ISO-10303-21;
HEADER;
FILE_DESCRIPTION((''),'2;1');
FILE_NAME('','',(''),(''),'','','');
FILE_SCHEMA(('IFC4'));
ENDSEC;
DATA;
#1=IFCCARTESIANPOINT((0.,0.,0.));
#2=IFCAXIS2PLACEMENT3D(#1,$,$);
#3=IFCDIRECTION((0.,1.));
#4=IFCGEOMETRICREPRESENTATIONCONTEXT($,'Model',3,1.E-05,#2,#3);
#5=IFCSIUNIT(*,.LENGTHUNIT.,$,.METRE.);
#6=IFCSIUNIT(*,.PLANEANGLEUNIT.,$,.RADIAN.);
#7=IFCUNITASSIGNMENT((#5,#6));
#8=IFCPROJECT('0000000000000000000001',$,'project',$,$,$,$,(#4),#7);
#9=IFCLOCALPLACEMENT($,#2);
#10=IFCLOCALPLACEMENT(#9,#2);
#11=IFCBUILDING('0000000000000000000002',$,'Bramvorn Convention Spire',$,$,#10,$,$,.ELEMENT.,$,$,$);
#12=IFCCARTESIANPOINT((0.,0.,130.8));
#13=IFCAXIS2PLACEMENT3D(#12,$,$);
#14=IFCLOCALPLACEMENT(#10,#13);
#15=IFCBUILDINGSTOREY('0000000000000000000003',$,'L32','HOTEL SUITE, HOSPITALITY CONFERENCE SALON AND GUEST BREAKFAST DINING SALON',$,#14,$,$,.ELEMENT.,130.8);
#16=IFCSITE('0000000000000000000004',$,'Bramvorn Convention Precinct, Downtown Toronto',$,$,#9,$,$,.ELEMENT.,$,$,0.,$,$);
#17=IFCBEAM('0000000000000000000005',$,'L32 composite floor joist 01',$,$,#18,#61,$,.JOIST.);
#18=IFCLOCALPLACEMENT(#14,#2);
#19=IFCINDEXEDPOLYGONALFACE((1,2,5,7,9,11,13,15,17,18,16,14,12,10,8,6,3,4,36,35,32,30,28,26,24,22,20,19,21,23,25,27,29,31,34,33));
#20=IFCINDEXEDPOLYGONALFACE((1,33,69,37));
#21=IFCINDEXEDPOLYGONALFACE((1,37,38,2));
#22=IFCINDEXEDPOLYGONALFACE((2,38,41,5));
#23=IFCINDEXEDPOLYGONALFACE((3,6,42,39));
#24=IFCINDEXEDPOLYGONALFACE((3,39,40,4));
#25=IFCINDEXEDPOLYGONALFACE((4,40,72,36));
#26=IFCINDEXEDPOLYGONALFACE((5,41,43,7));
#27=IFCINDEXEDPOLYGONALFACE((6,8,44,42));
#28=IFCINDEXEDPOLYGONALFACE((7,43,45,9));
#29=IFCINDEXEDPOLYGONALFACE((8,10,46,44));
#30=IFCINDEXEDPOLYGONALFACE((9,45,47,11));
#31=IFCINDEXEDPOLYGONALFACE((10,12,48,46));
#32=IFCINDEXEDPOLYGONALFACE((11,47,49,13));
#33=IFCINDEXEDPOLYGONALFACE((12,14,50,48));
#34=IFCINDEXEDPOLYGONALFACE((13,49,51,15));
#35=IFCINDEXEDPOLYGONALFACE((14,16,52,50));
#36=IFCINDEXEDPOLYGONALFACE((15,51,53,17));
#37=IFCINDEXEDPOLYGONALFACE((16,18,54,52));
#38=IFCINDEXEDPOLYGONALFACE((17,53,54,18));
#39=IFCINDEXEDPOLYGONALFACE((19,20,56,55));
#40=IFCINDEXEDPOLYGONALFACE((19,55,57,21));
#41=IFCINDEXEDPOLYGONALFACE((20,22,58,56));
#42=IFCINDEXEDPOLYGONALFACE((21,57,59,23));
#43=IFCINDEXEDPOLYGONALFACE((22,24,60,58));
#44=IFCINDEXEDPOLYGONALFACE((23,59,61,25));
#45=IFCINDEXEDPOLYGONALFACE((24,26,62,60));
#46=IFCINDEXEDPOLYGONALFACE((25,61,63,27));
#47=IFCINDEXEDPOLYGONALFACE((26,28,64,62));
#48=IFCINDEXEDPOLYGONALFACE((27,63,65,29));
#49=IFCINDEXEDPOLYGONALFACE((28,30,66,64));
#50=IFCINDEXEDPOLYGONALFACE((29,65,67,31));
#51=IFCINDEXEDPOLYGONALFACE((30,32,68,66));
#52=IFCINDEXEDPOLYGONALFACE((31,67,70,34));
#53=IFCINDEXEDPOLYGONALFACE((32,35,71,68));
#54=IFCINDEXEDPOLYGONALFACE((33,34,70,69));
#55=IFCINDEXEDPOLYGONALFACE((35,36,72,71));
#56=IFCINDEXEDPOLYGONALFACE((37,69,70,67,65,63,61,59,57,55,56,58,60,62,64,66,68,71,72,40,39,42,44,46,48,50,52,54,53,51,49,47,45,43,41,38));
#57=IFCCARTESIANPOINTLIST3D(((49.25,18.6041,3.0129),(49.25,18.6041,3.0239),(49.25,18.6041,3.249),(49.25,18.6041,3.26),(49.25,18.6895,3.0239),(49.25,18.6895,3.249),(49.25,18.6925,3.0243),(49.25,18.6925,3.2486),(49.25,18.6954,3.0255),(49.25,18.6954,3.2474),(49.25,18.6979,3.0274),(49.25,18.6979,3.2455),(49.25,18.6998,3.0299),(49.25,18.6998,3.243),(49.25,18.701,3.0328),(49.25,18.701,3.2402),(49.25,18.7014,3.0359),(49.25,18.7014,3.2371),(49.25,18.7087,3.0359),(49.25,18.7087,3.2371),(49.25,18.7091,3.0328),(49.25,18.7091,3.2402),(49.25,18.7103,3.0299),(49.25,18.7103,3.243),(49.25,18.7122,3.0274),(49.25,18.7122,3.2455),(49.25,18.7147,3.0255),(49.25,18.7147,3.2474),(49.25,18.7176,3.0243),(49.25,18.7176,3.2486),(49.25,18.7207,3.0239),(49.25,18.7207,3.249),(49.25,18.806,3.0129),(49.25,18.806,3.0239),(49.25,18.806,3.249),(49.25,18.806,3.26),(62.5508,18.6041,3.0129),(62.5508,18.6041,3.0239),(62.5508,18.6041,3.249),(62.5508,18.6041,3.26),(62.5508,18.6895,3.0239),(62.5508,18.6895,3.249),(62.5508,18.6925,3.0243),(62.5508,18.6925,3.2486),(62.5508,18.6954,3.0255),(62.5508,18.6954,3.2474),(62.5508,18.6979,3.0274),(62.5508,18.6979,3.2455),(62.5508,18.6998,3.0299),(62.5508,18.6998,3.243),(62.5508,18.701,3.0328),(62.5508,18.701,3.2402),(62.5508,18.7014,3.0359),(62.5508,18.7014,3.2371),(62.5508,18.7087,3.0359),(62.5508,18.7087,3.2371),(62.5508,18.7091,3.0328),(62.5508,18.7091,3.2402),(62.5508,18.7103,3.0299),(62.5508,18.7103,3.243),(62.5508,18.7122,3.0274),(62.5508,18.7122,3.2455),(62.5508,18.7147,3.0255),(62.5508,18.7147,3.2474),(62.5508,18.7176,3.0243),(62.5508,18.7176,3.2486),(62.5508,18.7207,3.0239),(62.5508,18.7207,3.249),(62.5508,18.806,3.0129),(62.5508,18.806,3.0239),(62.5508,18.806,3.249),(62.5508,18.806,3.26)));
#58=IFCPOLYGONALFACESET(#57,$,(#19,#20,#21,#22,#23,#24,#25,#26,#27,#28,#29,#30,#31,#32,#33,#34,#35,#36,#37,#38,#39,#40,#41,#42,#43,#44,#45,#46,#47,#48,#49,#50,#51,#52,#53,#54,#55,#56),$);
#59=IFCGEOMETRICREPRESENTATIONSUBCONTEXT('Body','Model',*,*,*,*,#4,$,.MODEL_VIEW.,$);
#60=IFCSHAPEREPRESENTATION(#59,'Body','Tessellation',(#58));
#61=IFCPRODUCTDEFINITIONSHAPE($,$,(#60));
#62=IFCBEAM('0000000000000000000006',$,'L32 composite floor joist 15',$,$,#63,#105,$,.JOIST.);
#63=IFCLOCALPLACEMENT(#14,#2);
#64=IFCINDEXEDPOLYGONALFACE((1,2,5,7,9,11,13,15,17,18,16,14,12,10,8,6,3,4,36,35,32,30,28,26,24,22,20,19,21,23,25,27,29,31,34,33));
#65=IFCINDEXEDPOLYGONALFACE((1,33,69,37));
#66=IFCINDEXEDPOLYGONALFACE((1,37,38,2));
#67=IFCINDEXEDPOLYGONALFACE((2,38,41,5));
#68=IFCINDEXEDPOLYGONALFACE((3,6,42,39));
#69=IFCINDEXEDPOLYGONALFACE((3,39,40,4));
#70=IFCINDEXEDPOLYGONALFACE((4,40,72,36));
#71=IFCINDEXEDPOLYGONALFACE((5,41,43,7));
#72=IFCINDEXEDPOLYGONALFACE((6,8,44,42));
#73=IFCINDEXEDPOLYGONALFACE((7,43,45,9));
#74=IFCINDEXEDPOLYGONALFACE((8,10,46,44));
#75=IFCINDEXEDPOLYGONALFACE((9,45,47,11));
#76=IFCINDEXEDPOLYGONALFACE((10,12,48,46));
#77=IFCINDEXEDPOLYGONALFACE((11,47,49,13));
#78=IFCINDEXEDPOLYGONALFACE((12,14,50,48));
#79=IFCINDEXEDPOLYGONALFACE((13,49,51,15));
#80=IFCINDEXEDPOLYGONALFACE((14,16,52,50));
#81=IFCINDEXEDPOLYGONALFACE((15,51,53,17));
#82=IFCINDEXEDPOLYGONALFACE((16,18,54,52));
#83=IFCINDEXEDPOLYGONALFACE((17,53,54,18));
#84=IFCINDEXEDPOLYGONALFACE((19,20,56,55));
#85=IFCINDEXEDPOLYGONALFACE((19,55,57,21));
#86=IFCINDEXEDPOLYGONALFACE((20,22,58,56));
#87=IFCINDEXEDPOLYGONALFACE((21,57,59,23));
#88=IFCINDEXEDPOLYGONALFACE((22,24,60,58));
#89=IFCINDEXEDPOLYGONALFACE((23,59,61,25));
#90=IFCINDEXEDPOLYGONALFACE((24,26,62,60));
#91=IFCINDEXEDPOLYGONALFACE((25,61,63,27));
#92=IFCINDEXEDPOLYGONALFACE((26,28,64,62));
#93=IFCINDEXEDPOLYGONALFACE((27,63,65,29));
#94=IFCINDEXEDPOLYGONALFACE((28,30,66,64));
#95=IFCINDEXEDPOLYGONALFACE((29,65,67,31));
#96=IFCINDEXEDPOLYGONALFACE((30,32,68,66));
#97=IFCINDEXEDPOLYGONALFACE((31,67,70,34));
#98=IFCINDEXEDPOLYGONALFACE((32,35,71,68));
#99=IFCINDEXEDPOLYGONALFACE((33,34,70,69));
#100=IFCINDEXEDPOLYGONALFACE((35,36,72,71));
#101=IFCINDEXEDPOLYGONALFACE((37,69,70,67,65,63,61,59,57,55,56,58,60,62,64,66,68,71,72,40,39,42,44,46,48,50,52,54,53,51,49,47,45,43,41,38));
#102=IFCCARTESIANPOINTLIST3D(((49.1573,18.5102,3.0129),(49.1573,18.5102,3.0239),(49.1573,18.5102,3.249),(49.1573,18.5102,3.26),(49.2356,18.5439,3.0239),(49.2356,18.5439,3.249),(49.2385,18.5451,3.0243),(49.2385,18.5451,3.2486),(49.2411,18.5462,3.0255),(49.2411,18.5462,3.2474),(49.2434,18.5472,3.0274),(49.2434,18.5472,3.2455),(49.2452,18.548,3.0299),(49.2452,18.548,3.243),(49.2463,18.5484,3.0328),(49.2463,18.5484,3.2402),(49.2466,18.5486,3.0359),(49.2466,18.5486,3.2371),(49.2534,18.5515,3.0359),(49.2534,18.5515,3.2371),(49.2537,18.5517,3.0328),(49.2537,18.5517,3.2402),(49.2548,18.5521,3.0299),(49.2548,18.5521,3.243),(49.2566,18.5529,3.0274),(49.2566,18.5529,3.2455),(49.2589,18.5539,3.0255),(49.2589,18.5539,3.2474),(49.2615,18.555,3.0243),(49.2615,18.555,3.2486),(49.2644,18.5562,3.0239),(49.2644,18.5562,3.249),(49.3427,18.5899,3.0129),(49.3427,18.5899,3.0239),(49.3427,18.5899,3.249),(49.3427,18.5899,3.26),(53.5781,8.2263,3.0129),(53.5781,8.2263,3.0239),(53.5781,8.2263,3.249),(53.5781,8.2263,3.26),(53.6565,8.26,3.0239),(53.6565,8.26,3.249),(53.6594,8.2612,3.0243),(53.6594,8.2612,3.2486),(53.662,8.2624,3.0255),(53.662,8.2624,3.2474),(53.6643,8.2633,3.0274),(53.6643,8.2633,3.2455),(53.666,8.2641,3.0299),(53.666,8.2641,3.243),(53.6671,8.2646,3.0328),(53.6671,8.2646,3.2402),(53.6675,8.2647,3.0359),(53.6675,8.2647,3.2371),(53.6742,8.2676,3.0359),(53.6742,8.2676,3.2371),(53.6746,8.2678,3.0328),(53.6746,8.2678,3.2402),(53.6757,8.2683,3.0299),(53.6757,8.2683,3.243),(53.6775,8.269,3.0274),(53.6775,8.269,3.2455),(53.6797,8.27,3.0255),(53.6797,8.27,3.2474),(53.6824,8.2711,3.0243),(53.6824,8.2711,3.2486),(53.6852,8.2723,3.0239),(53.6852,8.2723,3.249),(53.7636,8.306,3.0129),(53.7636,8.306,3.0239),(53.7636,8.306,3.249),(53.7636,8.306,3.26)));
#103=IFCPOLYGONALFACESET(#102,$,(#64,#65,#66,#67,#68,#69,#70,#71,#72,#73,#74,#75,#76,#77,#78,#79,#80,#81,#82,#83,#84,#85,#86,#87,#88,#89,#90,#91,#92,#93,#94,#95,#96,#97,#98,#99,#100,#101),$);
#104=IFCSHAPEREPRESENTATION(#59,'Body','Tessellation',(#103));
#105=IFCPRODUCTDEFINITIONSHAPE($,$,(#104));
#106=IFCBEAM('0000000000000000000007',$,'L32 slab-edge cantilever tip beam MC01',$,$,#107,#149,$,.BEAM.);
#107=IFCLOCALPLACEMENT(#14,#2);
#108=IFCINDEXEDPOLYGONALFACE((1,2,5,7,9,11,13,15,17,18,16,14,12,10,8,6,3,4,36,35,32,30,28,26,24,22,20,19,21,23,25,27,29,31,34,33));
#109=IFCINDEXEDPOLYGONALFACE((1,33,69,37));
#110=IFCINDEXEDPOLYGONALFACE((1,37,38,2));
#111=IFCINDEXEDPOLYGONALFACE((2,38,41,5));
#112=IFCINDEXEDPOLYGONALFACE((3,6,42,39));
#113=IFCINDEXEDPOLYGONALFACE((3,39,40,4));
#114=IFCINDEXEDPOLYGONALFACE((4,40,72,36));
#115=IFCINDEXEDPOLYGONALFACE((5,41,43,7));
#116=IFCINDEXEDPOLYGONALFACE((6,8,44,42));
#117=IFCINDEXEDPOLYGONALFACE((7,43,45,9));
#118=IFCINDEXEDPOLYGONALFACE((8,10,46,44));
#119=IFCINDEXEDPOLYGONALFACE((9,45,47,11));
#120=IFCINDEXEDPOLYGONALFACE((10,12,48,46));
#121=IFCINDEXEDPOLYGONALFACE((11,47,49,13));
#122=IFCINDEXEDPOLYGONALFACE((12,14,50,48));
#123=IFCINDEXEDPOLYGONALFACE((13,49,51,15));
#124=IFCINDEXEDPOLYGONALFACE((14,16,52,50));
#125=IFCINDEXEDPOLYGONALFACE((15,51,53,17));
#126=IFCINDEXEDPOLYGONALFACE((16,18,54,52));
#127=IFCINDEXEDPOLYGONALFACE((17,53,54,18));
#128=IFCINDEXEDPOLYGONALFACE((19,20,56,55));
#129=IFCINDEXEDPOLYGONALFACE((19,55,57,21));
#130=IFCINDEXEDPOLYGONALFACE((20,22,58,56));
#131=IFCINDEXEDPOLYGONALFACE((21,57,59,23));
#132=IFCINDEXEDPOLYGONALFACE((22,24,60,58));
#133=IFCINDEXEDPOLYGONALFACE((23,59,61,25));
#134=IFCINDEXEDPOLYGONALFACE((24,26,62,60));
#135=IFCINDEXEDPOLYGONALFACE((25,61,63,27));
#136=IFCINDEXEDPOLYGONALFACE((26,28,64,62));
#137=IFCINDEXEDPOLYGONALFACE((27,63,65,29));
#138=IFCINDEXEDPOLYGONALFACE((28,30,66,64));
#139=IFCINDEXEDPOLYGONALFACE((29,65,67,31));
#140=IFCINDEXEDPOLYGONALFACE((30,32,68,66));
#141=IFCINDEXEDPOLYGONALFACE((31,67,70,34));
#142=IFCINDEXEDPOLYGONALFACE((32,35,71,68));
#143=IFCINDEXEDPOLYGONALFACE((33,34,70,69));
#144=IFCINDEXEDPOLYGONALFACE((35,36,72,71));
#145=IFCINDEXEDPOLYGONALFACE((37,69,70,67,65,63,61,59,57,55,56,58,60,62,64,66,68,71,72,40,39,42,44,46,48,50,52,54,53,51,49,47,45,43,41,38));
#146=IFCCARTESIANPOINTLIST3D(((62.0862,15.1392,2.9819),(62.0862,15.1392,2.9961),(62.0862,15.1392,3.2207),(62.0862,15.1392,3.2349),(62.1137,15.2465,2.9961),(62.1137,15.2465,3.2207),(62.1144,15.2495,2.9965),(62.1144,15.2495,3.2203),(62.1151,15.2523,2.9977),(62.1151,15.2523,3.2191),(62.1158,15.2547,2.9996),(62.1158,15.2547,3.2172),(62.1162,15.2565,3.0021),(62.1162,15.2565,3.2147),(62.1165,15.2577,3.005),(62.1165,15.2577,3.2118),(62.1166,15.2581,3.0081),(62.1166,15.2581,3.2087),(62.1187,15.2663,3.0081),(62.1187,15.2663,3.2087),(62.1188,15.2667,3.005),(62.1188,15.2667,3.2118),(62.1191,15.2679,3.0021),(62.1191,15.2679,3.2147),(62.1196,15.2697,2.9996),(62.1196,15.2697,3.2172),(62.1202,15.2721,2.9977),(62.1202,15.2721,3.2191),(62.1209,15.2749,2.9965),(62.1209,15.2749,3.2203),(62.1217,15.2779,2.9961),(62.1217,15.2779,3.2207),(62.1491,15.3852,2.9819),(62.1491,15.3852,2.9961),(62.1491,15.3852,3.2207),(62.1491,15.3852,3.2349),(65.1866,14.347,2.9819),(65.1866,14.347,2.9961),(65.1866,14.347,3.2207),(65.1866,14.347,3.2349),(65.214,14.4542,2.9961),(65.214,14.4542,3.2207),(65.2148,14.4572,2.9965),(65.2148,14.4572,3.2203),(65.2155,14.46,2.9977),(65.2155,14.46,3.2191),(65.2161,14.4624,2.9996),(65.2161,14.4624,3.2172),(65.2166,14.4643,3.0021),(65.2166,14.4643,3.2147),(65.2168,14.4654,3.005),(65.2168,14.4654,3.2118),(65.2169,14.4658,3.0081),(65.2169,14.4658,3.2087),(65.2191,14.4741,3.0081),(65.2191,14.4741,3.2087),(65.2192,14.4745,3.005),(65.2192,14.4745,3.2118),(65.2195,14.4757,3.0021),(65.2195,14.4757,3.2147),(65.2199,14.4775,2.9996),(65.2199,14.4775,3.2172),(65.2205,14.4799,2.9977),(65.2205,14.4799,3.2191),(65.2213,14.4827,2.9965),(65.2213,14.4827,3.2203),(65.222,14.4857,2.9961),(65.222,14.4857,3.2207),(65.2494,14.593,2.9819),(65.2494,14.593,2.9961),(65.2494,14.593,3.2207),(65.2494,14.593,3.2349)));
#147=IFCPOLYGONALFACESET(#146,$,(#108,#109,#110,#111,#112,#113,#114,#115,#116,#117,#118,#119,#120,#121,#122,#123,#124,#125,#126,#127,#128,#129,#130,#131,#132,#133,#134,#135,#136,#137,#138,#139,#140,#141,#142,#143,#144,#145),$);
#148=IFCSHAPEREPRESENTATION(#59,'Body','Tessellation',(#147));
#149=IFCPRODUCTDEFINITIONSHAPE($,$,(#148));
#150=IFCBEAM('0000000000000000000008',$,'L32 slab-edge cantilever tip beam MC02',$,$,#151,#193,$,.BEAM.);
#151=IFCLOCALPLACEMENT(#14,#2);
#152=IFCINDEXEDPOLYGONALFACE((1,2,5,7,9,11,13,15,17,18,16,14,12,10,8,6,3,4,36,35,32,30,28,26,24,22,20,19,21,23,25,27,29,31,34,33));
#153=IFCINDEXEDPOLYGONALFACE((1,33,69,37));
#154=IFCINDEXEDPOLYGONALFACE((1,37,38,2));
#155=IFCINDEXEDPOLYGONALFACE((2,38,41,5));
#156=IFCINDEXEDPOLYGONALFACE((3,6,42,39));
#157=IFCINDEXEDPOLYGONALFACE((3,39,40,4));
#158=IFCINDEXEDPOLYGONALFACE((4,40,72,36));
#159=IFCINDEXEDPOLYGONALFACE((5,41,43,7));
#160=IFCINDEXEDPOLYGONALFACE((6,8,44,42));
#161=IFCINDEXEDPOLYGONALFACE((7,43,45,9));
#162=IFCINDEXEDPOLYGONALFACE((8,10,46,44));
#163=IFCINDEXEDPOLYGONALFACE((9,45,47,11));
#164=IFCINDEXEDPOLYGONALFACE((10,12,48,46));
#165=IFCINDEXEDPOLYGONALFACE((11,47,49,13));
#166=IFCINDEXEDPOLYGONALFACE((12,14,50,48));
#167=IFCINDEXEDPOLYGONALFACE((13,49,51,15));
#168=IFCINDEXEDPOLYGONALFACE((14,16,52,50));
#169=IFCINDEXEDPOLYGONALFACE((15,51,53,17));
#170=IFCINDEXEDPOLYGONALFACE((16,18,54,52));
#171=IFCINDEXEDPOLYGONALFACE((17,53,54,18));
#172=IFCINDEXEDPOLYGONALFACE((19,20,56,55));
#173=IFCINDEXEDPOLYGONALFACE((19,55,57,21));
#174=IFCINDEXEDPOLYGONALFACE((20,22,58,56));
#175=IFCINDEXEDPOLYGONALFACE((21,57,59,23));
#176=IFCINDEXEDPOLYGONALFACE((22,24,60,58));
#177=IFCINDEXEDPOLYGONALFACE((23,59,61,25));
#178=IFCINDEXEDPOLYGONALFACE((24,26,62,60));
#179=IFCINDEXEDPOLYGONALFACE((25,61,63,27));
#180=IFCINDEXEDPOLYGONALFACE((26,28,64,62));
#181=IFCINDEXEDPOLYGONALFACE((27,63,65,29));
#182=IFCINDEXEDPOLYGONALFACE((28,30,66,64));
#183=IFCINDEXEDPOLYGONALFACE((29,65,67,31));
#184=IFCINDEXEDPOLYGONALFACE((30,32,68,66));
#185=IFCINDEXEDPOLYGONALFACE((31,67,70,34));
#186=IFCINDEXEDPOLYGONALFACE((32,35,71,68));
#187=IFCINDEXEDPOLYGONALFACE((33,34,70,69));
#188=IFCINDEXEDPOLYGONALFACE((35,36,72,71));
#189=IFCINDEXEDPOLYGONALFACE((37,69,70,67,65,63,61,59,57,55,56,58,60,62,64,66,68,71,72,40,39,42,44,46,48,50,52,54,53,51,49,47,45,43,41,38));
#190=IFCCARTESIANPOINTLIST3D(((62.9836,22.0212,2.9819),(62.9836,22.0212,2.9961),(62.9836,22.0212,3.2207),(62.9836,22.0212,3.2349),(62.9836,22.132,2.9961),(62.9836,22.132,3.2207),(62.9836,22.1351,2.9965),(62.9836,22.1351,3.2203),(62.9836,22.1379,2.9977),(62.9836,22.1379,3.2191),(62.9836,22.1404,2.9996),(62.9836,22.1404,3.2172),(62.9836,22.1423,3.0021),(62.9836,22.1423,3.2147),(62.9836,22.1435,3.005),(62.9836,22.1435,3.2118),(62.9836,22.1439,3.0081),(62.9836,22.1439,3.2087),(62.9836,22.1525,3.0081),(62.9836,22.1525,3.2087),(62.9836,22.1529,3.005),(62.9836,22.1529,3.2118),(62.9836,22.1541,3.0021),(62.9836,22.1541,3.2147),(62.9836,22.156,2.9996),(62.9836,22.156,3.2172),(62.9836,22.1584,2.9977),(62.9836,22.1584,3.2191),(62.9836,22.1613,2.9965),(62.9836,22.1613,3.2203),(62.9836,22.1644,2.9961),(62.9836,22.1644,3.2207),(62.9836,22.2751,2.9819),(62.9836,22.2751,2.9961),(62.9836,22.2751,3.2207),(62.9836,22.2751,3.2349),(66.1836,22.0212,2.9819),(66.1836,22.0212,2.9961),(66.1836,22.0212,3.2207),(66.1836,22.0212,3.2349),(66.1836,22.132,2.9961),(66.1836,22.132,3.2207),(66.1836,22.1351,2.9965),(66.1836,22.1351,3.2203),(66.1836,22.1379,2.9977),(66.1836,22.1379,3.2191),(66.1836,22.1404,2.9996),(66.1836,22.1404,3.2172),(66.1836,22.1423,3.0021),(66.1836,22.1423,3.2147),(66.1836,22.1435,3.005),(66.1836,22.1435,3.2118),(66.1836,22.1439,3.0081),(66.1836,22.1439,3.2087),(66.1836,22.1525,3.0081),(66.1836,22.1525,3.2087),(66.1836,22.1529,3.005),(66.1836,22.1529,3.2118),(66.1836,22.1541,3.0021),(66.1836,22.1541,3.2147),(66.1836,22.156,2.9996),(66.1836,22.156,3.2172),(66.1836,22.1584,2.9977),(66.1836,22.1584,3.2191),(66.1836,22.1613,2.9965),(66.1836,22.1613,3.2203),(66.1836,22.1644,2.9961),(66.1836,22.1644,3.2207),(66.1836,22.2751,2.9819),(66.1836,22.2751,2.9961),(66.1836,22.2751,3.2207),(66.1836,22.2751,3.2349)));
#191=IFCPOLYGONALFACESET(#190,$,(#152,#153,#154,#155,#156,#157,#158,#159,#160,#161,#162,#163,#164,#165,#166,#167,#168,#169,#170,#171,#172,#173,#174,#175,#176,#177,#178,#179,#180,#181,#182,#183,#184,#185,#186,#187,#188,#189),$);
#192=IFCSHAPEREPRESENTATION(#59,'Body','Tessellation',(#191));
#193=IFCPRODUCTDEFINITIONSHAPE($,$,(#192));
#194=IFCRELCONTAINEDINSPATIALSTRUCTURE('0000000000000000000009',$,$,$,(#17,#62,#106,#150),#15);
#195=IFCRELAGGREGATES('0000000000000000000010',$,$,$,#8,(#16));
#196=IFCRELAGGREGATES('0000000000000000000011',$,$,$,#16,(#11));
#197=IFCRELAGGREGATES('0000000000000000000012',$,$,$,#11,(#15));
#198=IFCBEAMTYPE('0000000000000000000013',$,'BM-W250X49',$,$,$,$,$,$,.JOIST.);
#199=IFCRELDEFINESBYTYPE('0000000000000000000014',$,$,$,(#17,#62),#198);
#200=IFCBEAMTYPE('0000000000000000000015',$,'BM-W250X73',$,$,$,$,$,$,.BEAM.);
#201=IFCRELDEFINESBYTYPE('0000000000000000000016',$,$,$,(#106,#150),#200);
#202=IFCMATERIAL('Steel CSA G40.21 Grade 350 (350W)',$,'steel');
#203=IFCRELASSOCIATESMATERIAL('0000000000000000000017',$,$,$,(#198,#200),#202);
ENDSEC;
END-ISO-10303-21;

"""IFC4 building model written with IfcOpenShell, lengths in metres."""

from ifc_helpers import new_model, si_unit, direction, frame, origin, origin_2d, place, context, subcontext, project, spatial, i_section, extrude, material, material_profile, profile_set, type_object, element, save


model = new_model("IFC4")

# Units and contexts
model_context = context("Model", 3, precision=1e-05, world=origin(), true_north=direction((0.0, 1.0)))
body_context = subcontext(model_context, "Body", "Model", "MODEL_VIEW")
ifc_project = project(units=[si_unit("LENGTHUNIT", "METRE"), si_unit("PLANEANGLEUNIT", "RADIAN")], contexts=[model_context])

# Site, building, storey
site_placement = place(None, origin())
site = spatial("IfcSite", under=ifc_project, at=site_placement, Name="Bramvorn Convention Precinct, Downtown Toronto", CompositionType="ELEMENT", RefElevation=0.0)
building_placement = place(site_placement, origin())
building = spatial("IfcBuilding", under=site, at=building_placement, Name="Bramvorn Convention Spire", CompositionType="ELEMENT")
storey_placement = place(building_placement, frame((0.0, 0.0, 130.8)))
storey = spatial("IfcBuildingStorey", under=building, at=storey_placement, Name="L32", Description="HOTEL SUITE, HOSPITALITY CONFERENCE SALON AND GUEST BREAKFAST DINING SALON", CompositionType="ELEMENT", Elevation=130.8)

# Shared definitions
ifc_material_1 = material(Name="Steel CSA G40.21 Grade 350 (350W)", Category="steel")

# Beams
ifc_material_profile_1 = material_profile(ifc_material_1, i_section(OverallWidth=0.2019, OverallDepth=0.2471, WebThickness=0.0073, FlangeThickness=0.011, FilletRadius=0.012, at=origin_2d()))
ifc_profile_set_1 = profile_set([ifc_material_profile_1], Name="Steel CSA G40.21 Grade 350 (350W) - W250X49")
beam_type_1 = type_object("IfcBeamType", Name="BM-W250X49", PredefinedType="JOIST", material=ifc_profile_set_1)
beam_1_placement = place(storey_placement, frame((49.25, 18.7051, 3.1365), z_axis=(1.0, 0.0, 0.0), x_axis=(0.0, 1.0, 0.0)))
element("IfcBeam", 1, at=beam_1_placement, inside=storey, type_object=beam_type_1, Name="L32 composite floor joist 01", PredefinedType="JOIST", context=body_context, shape_type="SweptSolid", body=[
    extrude(i_section(OverallWidth=0.2019, OverallDepth=0.2471, WebThickness=0.0073, FlangeThickness=0.011, FilletRadius=0.012, at=origin_2d()), origin(), (0.0, 0.0, 1.0), 13.3008),
])
beam_2_placement = place(storey_placement, frame((49.25, 18.55, 3.1365), z_axis=(0.394938, -0.918708, 0.0), x_axis=(0.918708, 0.394938, 0.0)))
element("IfcBeam", 2, at=beam_2_placement, inside=storey, type_object=beam_type_1, Name="L32 composite floor joist 15", PredefinedType="JOIST", context=body_context, shape_type="SweptSolid", body=[
    extrude(i_section(OverallWidth=0.2019, OverallDepth=0.2471, WebThickness=0.0073, FlangeThickness=0.011, FilletRadius=0.012, at=origin_2d()), origin(), (0.0, 0.0, 1.0), 11.1938),
])
ifc_material_profile_2 = material_profile(ifc_material_1, i_section(OverallWidth=0.2539, OverallDepth=0.2529, WebThickness=0.0085, FlangeThickness=0.0142, FilletRadius=0.012, at=origin_2d()))
ifc_profile_set_2 = profile_set([ifc_material_profile_2], Name="Steel CSA G40.21 Grade 350 (350W) - W250X73")
beam_type_2 = type_object("IfcBeamType", Name="BM-W250X73", PredefinedType="BEAM", material=ifc_profile_set_2)
for number, where, z_axis, x_axis, name in (
    (3, (62.1177, 15.2622, 3.1084), (0.968868, -0.247577, 0.0), (0.247577, 0.968868, 0.0), "L32 slab-edge cantilever tip beam MC01"),
    (4, (62.9836, 22.1482, 3.1084), (1.0, 0.0, 0.0), (0.0, 1.0, 0.0), "L32 slab-edge cantilever tip beam MC02"),
):
    element("IfcBeam", number, at=place(storey_placement, frame(where, z_axis=z_axis, x_axis=x_axis)), inside=storey, type_object=beam_type_2, Name=name, PredefinedType="BEAM", context=body_context, shape_type="SweptSolid", body=[
        extrude(i_section(OverallWidth=0.2539, OverallDepth=0.2529, WebThickness=0.0085, FlangeThickness=0.0142, FilletRadius=0.012, at=origin_2d()), origin(), (0.0, 0.0, 1.0), 3.2),
    ])

save(model, "model.ifc")
